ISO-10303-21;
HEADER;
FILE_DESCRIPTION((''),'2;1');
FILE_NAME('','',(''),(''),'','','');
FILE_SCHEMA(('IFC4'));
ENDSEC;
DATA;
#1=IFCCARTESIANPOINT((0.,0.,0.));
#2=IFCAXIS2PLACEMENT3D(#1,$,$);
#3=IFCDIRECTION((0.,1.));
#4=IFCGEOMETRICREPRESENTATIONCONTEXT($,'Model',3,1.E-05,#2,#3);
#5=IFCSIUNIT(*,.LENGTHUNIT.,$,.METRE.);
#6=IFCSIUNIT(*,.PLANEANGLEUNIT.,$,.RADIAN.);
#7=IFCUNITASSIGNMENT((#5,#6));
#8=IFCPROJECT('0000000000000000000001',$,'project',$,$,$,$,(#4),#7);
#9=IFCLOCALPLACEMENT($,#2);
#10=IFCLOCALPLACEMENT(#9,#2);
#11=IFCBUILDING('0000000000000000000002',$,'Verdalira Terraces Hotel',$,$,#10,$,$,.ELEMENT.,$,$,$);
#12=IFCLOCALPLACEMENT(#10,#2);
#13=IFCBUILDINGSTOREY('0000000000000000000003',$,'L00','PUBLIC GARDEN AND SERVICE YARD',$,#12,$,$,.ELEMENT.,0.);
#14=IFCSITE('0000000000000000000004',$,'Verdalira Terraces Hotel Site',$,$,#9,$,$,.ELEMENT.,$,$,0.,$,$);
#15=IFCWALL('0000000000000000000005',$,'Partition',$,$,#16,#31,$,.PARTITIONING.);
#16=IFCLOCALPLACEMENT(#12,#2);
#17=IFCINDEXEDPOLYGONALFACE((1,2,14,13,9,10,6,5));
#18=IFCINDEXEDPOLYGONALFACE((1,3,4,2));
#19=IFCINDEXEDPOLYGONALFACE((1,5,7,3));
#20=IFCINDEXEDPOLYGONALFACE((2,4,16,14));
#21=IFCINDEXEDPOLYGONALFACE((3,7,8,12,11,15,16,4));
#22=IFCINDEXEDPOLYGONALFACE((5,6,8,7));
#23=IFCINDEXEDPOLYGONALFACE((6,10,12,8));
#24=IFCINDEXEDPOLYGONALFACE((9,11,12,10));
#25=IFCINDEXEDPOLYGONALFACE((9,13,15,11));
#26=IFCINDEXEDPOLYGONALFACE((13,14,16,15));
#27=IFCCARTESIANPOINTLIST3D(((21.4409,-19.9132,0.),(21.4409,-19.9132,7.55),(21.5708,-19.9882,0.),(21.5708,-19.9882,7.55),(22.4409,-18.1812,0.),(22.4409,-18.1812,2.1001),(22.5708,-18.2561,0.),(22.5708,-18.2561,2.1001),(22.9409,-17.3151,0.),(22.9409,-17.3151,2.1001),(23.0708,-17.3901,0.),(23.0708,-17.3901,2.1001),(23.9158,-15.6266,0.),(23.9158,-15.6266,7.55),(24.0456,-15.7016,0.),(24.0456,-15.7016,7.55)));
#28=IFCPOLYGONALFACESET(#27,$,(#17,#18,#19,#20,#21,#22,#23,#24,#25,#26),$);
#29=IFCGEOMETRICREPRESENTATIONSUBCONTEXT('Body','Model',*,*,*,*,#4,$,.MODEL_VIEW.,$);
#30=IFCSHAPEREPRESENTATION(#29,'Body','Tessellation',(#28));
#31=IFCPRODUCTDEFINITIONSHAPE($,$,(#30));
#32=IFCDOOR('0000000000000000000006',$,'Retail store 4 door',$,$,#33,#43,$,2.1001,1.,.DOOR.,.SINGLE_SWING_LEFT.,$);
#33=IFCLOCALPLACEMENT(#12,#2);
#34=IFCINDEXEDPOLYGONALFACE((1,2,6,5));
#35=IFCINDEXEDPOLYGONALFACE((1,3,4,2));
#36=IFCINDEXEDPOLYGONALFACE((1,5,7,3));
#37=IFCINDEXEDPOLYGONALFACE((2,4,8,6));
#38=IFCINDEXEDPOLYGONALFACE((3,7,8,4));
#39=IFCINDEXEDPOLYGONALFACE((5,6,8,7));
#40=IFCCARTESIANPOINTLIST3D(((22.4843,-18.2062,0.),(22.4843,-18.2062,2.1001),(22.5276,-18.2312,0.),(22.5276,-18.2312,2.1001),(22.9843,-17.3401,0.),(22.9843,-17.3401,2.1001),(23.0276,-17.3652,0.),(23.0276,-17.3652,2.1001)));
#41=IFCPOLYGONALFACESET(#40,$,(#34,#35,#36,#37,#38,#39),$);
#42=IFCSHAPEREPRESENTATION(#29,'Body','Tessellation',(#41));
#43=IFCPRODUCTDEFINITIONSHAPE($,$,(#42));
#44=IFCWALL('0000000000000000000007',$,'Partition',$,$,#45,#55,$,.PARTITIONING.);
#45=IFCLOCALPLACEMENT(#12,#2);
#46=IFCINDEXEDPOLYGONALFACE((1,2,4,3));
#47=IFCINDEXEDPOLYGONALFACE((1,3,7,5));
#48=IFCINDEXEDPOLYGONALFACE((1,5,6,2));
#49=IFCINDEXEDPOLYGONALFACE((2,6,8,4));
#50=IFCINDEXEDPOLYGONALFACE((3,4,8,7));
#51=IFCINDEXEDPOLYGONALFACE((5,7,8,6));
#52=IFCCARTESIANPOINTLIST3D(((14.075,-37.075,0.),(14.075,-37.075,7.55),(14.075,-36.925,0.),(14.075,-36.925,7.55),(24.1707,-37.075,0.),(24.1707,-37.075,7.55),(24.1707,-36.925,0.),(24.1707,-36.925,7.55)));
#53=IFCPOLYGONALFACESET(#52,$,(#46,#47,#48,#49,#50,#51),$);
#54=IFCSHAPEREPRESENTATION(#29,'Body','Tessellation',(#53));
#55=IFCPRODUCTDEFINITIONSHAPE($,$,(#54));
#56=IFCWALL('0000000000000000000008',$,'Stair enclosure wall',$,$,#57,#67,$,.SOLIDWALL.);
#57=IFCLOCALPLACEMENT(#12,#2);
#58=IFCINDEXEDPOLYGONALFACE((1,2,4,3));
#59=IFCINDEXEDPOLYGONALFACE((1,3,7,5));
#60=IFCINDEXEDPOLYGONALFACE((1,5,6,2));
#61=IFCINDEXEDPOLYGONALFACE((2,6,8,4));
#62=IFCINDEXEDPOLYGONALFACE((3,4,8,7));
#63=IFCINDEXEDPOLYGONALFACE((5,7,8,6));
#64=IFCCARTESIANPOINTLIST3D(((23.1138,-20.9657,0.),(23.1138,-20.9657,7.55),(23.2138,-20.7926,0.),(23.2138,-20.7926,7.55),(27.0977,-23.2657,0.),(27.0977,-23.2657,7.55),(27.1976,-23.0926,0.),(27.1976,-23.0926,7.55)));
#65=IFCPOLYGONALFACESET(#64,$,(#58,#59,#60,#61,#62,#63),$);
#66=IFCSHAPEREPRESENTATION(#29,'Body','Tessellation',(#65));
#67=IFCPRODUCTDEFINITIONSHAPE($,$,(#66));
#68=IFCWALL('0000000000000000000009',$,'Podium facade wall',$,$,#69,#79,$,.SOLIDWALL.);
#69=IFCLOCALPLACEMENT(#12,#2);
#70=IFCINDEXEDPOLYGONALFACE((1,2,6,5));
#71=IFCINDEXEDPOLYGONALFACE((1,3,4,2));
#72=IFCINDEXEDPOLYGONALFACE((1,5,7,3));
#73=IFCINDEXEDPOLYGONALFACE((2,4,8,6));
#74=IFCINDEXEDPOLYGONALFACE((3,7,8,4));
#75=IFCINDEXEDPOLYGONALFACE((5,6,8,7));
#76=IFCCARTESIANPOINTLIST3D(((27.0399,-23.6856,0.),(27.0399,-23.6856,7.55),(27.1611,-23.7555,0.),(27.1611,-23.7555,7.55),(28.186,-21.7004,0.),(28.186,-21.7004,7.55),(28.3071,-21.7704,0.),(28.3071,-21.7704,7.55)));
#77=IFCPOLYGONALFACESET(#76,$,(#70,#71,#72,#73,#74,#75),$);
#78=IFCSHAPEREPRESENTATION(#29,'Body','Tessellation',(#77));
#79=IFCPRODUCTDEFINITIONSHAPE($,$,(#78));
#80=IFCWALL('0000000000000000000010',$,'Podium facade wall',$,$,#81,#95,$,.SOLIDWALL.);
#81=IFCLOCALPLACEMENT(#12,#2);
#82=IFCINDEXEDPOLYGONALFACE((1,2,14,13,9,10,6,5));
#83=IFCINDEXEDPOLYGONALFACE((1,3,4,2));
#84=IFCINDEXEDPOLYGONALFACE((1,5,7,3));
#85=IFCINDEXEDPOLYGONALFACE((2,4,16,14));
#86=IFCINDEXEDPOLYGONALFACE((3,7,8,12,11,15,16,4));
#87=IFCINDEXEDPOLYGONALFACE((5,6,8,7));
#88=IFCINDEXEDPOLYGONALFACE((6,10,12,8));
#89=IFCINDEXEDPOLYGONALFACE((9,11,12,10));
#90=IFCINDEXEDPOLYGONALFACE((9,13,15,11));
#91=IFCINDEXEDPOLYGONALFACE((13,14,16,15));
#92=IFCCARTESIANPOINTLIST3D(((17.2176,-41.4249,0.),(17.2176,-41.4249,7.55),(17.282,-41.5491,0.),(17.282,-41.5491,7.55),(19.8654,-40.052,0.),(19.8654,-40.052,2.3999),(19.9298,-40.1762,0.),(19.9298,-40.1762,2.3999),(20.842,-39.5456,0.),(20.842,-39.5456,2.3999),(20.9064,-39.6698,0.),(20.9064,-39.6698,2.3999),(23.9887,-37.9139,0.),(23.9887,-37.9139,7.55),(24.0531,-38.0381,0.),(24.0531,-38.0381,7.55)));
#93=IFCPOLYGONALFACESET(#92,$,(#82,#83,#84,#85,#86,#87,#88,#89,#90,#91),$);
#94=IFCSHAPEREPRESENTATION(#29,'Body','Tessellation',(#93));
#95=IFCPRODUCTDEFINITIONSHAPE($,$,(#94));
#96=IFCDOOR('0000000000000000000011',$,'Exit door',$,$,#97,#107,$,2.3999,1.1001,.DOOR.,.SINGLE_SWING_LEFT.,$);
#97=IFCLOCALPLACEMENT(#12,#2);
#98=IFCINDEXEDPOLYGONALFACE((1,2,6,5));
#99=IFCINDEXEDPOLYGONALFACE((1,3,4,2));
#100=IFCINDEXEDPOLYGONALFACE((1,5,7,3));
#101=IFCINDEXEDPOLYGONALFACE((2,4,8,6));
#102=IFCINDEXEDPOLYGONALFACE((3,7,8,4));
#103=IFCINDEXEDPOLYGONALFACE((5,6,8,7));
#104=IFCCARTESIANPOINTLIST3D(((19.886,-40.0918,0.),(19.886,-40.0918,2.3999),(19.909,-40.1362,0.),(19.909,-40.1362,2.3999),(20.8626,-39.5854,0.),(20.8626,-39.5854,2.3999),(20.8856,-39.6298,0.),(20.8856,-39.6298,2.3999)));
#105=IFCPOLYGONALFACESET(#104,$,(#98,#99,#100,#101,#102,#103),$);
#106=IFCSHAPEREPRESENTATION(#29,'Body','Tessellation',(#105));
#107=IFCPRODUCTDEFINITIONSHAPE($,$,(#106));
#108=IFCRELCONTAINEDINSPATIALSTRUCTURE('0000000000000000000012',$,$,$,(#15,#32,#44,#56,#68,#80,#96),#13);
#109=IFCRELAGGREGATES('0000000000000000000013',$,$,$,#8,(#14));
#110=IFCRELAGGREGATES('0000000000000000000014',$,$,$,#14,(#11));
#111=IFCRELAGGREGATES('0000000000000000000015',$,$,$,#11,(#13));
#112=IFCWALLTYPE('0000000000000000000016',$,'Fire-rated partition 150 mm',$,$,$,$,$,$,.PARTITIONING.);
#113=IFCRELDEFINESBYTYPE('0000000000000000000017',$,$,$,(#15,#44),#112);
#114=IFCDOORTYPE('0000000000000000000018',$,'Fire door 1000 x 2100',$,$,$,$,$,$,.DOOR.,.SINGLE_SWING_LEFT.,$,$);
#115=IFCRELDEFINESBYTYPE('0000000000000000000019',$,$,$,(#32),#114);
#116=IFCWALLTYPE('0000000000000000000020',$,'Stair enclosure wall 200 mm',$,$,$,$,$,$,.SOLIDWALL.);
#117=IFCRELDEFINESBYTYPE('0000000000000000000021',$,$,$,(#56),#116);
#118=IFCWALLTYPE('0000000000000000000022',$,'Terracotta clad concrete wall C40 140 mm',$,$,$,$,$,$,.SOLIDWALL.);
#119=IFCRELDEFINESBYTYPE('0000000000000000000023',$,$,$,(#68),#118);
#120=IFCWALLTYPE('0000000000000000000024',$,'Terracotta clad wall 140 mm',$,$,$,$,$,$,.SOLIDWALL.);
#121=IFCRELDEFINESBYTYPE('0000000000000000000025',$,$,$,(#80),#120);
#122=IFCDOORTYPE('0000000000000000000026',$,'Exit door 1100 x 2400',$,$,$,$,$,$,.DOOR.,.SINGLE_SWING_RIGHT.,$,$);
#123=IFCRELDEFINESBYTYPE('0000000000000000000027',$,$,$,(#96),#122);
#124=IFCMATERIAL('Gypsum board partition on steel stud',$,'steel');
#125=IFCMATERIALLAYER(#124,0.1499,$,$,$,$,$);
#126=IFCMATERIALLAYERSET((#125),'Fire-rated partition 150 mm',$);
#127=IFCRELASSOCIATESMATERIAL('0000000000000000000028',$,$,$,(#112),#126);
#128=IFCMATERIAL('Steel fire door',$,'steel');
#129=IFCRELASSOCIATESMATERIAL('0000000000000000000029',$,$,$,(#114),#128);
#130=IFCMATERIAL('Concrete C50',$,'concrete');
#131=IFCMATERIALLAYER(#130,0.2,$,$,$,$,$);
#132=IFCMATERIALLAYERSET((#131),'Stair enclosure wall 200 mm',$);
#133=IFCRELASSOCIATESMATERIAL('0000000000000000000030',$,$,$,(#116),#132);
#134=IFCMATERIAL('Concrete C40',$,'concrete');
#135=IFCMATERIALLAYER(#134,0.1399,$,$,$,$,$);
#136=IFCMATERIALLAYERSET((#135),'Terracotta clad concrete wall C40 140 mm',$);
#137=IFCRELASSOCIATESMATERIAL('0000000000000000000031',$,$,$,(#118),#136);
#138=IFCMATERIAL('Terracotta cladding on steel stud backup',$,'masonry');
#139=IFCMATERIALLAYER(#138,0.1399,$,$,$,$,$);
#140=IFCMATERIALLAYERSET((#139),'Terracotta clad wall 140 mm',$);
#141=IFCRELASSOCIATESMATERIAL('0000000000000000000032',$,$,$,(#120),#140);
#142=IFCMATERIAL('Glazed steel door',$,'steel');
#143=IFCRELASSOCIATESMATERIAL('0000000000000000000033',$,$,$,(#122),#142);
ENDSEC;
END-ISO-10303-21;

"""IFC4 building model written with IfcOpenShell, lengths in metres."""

from ifc_helpers import new_model, si_unit, direction, frame, frame_2d, origin, place, context, subcontext, project, spatial, rectangle, extrude, material, layer, layer_set, type_object, element, fill, save


model = new_model("IFC4")

# Units and contexts
model_context = context("Model", 3, precision=1e-05, world=origin(), true_north=direction((0.0, 1.0)))
body_context = subcontext(model_context, "Body", "Model", "MODEL_VIEW")
ifc_project = project(units=[si_unit("LENGTHUNIT", "METRE"), si_unit("PLANEANGLEUNIT", "RADIAN")], contexts=[model_context])

# Site, building, storey
site_placement = place(None, origin())
site = spatial("IfcSite", under=ifc_project, at=site_placement, Name="Verdalira Terraces Hotel Site", CompositionType="ELEMENT", RefElevation=0.0)
building_placement = place(site_placement, origin())
building = spatial("IfcBuilding", under=site, at=building_placement, Name="Verdalira Terraces Hotel", CompositionType="ELEMENT")
storey_placement = place(building_placement, origin())
storey = spatial("IfcBuildingStorey", under=building, at=storey_placement, Name="L00", Description="PUBLIC GARDEN AND SERVICE YARD", CompositionType="ELEMENT", Elevation=0.0)

# Shared definitions
ifc_material_1 = material(Name="Gypsum board partition on steel stud", Category="steel")
ifc_layer_1 = layer(ifc_material_1, 0.1499)
ifc_layer_set_1 = layer_set([ifc_layer_1], Name="Fire-rated partition 150 mm")
wall_type_1 = type_object("IfcWallType", Name="Fire-rated partition 150 mm", PredefinedType="PARTITIONING", material=ifc_layer_set_1)
ifc_material_2 = material(Name="Steel fire door", Category="steel")
door_type_1 = type_object("IfcDoorType", Name="Fire door 1000 x 2100", OperationType="SINGLE_SWING_LEFT", PredefinedType="DOOR", material=ifc_material_2)

# Wall, opening, door
wall_1_placement = place(storey_placement, frame((21.5059, -19.9507, 0.0), z_axis=(0.0, 0.0, 1.0), x_axis=(0.499996, 0.866028, 0.0)))
wall_1 = element("IfcWall", 1, at=wall_1_placement, inside=storey, type_object=wall_type_1, Name="Partition", PredefinedType="PARTITIONING", context=body_context, shape_type="SweptSolid", body=[
    extrude(rectangle(XDim=4.9497, YDim=0.1499, at=frame_2d((2.4749, 0.0))), origin(), (0.0, 0.0, 1.0), 7.55),
])
opening_1_placement = place(wall_1_placement, frame((2.0, 0.0, 0.0)))
opening_1 = element("IfcOpeningElement", 2, at=opening_1_placement, cuts=wall_1, PredefinedType="OPENING", context=body_context, shape_type="SweptSolid", body=[
    extrude(rectangle(XDim=1.0, YDim=2.1001, at=frame_2d((0.5, 1.05))), frame((0.0, 0.085, 0.0), z_axis=(0.0, -1.0, 0.0), x_axis=(1.0, 0.0, 0.0)), (0.0, 0.0, 1.0), 0.1699),
])
door_1_placement = place(opening_1_placement, origin())
door_1 = element("IfcDoor", 3, at=door_1_placement, inside=storey, type_object=door_type_1, Name="Retail store 4 door", OperationType="SINGLE_SWING_LEFT", OverallHeight=2.1001, OverallWidth=1.0, PredefinedType="DOOR", context=body_context, shape_type="SweptSolid", body=[
    extrude(rectangle(XDim=1.0, YDim=2.1001, at=frame_2d((0.5, 1.05))), frame((0.0, 0.0249, 0.0), z_axis=(0.0, -1.0, 0.0), x_axis=(1.0, 0.0, 0.0)), (0.0, 0.0, 1.0), 0.05),
])
fill(opening_1, door_1)

# Walls
wall_2_placement = place(storey_placement, frame((24.1707, -37.0, 0.0), z_axis=(0.0, 0.0, 1.0), x_axis=(-1.0, 0.0, 0.0)))
element("IfcWall", 4, at=wall_2_placement, inside=storey, type_object=wall_type_1, Name="Partition", PredefinedType="PARTITIONING", context=body_context, shape_type="SweptSolid", body=[
    extrude(rectangle(XDim=10.0957, YDim=0.1499, at=frame_2d((5.0479, 0.0))), origin(), (0.0, 0.0, 1.0), 7.55),
])
ifc_material_3 = material(Name="Concrete C50", Category="concrete")
ifc_layer_2 = layer(ifc_material_3, 0.2)
ifc_layer_set_2 = layer_set([ifc_layer_2], Name="Stair enclosure wall 200 mm")
wall_type_2 = type_object("IfcWallType", Name="Stair enclosure wall 200 mm", PredefinedType="SOLIDWALL", material=ifc_layer_set_2)
wall_3_placement = place(storey_placement, frame((23.1638, -20.8791, 0.0), z_axis=(0.0, 0.0, 1.0), x_axis=(0.86603, -0.499992, 0.0)))
element("IfcWall", 5, at=wall_3_placement, inside=storey, type_object=wall_type_2, Name="Stair enclosure wall", PredefinedType="SOLIDWALL", context=body_context, shape_type="SweptSolid", body=[
    extrude(rectangle(XDim=4.6001, YDim=0.2, at=frame_2d((2.3, 0.0))), origin(), (0.0, 0.0, 1.0), 7.55),
])
ifc_material_4 = material(Name="Concrete C40", Category="concrete")
ifc_layer_3 = layer(ifc_material_4, 0.1399)
ifc_layer_set_3 = layer_set([ifc_layer_3], Name="Terracotta clad concrete wall C40 140 mm")
wall_type_3 = type_object("IfcWallType", Name="Terracotta clad concrete wall C40 140 mm", PredefinedType="SOLIDWALL", material=ifc_layer_set_3)
wall_4_placement = place(storey_placement, frame((27.1006, -23.7205, 0.0), z_axis=(0.0, 0.0, 1.0), x_axis=(0.499965, 0.866045, 0.0)))
element("IfcWall", 6, at=wall_4_placement, inside=storey, type_object=wall_type_3, Name="Podium facade wall", PredefinedType="SOLIDWALL", context=body_context, shape_type="SweptSolid", body=[
    extrude(rectangle(XDim=2.2922, YDim=0.1399, at=frame_2d((1.146, 0.0))), origin(), (0.0, 0.0, 1.0), 7.55),
])

# Wall, opening, door
ifc_material_5 = material(Name="Terracotta cladding on steel stud backup", Category="masonry")
ifc_layer_4 = layer(ifc_material_5, 0.1399)
ifc_layer_set_4 = layer_set([ifc_layer_4], Name="Terracotta clad wall 140 mm")
wall_type_4 = type_object("IfcWallType", Name="Terracotta clad wall 140 mm", PredefinedType="SOLIDWALL", material=ifc_layer_set_4)
wall_5_placement = place(storey_placement, frame((24.0208, -37.9761, 0.0), z_axis=(0.0, 0.0, 1.0), x_axis=(-0.887749, -0.460327, 0.0)))
wall_5 = element("IfcWall", 7, at=wall_5_placement, inside=storey, type_object=wall_type_4, Name="Podium facade wall", PredefinedType="SOLIDWALL", context=body_context, shape_type="SweptSolid", body=[
    extrude(rectangle(XDim=7.6272, YDim=0.1399, at=frame_2d((3.8135, 0.0))), origin(), (0.0, 0.0, 1.0), 7.55),
])
opening_2_placement = place(wall_5_placement, frame((3.5444, 0.0, 0.0)))
opening_2 = element("IfcOpeningElement", 8, at=opening_2_placement, cuts=wall_5, PredefinedType="OPENING", context=body_context, shape_type="SweptSolid", body=[
    extrude(rectangle(XDim=1.1001, YDim=2.3999, at=frame_2d((0.55, 1.2))), frame((0.0, 0.0798, 0.0), z_axis=(0.0, -1.0, 0.0), x_axis=(1.0, 0.0, 0.0)), (0.0, 0.0, 1.0), 0.1599),
])
ifc_material_6 = material(Name="Glazed steel door", Category="steel")
door_type_2 = type_object("IfcDoorType", Name="Exit door 1100 x 2400", OperationType="SINGLE_SWING_RIGHT", PredefinedType="DOOR", material=ifc_material_6)
door_2_placement = place(opening_2_placement, origin())
door_2 = element("IfcDoor", 9, at=door_2_placement, inside=storey, type_object=door_type_2, Name="Exit door", OperationType="SINGLE_SWING_LEFT", OverallHeight=2.3999, OverallWidth=1.1001, PredefinedType="DOOR", context=body_context, shape_type="SweptSolid", body=[
    extrude(rectangle(XDim=1.1001, YDim=2.3999, at=frame_2d((0.55, 1.2))), frame((0.0, 0.0249, 0.0), z_axis=(0.0, -1.0, 0.0), x_axis=(1.0, 0.0, 0.0)), (0.0, 0.0, 1.0), 0.05),
])
fill(opening_2, door_2)

save(model, "model.ifc")
